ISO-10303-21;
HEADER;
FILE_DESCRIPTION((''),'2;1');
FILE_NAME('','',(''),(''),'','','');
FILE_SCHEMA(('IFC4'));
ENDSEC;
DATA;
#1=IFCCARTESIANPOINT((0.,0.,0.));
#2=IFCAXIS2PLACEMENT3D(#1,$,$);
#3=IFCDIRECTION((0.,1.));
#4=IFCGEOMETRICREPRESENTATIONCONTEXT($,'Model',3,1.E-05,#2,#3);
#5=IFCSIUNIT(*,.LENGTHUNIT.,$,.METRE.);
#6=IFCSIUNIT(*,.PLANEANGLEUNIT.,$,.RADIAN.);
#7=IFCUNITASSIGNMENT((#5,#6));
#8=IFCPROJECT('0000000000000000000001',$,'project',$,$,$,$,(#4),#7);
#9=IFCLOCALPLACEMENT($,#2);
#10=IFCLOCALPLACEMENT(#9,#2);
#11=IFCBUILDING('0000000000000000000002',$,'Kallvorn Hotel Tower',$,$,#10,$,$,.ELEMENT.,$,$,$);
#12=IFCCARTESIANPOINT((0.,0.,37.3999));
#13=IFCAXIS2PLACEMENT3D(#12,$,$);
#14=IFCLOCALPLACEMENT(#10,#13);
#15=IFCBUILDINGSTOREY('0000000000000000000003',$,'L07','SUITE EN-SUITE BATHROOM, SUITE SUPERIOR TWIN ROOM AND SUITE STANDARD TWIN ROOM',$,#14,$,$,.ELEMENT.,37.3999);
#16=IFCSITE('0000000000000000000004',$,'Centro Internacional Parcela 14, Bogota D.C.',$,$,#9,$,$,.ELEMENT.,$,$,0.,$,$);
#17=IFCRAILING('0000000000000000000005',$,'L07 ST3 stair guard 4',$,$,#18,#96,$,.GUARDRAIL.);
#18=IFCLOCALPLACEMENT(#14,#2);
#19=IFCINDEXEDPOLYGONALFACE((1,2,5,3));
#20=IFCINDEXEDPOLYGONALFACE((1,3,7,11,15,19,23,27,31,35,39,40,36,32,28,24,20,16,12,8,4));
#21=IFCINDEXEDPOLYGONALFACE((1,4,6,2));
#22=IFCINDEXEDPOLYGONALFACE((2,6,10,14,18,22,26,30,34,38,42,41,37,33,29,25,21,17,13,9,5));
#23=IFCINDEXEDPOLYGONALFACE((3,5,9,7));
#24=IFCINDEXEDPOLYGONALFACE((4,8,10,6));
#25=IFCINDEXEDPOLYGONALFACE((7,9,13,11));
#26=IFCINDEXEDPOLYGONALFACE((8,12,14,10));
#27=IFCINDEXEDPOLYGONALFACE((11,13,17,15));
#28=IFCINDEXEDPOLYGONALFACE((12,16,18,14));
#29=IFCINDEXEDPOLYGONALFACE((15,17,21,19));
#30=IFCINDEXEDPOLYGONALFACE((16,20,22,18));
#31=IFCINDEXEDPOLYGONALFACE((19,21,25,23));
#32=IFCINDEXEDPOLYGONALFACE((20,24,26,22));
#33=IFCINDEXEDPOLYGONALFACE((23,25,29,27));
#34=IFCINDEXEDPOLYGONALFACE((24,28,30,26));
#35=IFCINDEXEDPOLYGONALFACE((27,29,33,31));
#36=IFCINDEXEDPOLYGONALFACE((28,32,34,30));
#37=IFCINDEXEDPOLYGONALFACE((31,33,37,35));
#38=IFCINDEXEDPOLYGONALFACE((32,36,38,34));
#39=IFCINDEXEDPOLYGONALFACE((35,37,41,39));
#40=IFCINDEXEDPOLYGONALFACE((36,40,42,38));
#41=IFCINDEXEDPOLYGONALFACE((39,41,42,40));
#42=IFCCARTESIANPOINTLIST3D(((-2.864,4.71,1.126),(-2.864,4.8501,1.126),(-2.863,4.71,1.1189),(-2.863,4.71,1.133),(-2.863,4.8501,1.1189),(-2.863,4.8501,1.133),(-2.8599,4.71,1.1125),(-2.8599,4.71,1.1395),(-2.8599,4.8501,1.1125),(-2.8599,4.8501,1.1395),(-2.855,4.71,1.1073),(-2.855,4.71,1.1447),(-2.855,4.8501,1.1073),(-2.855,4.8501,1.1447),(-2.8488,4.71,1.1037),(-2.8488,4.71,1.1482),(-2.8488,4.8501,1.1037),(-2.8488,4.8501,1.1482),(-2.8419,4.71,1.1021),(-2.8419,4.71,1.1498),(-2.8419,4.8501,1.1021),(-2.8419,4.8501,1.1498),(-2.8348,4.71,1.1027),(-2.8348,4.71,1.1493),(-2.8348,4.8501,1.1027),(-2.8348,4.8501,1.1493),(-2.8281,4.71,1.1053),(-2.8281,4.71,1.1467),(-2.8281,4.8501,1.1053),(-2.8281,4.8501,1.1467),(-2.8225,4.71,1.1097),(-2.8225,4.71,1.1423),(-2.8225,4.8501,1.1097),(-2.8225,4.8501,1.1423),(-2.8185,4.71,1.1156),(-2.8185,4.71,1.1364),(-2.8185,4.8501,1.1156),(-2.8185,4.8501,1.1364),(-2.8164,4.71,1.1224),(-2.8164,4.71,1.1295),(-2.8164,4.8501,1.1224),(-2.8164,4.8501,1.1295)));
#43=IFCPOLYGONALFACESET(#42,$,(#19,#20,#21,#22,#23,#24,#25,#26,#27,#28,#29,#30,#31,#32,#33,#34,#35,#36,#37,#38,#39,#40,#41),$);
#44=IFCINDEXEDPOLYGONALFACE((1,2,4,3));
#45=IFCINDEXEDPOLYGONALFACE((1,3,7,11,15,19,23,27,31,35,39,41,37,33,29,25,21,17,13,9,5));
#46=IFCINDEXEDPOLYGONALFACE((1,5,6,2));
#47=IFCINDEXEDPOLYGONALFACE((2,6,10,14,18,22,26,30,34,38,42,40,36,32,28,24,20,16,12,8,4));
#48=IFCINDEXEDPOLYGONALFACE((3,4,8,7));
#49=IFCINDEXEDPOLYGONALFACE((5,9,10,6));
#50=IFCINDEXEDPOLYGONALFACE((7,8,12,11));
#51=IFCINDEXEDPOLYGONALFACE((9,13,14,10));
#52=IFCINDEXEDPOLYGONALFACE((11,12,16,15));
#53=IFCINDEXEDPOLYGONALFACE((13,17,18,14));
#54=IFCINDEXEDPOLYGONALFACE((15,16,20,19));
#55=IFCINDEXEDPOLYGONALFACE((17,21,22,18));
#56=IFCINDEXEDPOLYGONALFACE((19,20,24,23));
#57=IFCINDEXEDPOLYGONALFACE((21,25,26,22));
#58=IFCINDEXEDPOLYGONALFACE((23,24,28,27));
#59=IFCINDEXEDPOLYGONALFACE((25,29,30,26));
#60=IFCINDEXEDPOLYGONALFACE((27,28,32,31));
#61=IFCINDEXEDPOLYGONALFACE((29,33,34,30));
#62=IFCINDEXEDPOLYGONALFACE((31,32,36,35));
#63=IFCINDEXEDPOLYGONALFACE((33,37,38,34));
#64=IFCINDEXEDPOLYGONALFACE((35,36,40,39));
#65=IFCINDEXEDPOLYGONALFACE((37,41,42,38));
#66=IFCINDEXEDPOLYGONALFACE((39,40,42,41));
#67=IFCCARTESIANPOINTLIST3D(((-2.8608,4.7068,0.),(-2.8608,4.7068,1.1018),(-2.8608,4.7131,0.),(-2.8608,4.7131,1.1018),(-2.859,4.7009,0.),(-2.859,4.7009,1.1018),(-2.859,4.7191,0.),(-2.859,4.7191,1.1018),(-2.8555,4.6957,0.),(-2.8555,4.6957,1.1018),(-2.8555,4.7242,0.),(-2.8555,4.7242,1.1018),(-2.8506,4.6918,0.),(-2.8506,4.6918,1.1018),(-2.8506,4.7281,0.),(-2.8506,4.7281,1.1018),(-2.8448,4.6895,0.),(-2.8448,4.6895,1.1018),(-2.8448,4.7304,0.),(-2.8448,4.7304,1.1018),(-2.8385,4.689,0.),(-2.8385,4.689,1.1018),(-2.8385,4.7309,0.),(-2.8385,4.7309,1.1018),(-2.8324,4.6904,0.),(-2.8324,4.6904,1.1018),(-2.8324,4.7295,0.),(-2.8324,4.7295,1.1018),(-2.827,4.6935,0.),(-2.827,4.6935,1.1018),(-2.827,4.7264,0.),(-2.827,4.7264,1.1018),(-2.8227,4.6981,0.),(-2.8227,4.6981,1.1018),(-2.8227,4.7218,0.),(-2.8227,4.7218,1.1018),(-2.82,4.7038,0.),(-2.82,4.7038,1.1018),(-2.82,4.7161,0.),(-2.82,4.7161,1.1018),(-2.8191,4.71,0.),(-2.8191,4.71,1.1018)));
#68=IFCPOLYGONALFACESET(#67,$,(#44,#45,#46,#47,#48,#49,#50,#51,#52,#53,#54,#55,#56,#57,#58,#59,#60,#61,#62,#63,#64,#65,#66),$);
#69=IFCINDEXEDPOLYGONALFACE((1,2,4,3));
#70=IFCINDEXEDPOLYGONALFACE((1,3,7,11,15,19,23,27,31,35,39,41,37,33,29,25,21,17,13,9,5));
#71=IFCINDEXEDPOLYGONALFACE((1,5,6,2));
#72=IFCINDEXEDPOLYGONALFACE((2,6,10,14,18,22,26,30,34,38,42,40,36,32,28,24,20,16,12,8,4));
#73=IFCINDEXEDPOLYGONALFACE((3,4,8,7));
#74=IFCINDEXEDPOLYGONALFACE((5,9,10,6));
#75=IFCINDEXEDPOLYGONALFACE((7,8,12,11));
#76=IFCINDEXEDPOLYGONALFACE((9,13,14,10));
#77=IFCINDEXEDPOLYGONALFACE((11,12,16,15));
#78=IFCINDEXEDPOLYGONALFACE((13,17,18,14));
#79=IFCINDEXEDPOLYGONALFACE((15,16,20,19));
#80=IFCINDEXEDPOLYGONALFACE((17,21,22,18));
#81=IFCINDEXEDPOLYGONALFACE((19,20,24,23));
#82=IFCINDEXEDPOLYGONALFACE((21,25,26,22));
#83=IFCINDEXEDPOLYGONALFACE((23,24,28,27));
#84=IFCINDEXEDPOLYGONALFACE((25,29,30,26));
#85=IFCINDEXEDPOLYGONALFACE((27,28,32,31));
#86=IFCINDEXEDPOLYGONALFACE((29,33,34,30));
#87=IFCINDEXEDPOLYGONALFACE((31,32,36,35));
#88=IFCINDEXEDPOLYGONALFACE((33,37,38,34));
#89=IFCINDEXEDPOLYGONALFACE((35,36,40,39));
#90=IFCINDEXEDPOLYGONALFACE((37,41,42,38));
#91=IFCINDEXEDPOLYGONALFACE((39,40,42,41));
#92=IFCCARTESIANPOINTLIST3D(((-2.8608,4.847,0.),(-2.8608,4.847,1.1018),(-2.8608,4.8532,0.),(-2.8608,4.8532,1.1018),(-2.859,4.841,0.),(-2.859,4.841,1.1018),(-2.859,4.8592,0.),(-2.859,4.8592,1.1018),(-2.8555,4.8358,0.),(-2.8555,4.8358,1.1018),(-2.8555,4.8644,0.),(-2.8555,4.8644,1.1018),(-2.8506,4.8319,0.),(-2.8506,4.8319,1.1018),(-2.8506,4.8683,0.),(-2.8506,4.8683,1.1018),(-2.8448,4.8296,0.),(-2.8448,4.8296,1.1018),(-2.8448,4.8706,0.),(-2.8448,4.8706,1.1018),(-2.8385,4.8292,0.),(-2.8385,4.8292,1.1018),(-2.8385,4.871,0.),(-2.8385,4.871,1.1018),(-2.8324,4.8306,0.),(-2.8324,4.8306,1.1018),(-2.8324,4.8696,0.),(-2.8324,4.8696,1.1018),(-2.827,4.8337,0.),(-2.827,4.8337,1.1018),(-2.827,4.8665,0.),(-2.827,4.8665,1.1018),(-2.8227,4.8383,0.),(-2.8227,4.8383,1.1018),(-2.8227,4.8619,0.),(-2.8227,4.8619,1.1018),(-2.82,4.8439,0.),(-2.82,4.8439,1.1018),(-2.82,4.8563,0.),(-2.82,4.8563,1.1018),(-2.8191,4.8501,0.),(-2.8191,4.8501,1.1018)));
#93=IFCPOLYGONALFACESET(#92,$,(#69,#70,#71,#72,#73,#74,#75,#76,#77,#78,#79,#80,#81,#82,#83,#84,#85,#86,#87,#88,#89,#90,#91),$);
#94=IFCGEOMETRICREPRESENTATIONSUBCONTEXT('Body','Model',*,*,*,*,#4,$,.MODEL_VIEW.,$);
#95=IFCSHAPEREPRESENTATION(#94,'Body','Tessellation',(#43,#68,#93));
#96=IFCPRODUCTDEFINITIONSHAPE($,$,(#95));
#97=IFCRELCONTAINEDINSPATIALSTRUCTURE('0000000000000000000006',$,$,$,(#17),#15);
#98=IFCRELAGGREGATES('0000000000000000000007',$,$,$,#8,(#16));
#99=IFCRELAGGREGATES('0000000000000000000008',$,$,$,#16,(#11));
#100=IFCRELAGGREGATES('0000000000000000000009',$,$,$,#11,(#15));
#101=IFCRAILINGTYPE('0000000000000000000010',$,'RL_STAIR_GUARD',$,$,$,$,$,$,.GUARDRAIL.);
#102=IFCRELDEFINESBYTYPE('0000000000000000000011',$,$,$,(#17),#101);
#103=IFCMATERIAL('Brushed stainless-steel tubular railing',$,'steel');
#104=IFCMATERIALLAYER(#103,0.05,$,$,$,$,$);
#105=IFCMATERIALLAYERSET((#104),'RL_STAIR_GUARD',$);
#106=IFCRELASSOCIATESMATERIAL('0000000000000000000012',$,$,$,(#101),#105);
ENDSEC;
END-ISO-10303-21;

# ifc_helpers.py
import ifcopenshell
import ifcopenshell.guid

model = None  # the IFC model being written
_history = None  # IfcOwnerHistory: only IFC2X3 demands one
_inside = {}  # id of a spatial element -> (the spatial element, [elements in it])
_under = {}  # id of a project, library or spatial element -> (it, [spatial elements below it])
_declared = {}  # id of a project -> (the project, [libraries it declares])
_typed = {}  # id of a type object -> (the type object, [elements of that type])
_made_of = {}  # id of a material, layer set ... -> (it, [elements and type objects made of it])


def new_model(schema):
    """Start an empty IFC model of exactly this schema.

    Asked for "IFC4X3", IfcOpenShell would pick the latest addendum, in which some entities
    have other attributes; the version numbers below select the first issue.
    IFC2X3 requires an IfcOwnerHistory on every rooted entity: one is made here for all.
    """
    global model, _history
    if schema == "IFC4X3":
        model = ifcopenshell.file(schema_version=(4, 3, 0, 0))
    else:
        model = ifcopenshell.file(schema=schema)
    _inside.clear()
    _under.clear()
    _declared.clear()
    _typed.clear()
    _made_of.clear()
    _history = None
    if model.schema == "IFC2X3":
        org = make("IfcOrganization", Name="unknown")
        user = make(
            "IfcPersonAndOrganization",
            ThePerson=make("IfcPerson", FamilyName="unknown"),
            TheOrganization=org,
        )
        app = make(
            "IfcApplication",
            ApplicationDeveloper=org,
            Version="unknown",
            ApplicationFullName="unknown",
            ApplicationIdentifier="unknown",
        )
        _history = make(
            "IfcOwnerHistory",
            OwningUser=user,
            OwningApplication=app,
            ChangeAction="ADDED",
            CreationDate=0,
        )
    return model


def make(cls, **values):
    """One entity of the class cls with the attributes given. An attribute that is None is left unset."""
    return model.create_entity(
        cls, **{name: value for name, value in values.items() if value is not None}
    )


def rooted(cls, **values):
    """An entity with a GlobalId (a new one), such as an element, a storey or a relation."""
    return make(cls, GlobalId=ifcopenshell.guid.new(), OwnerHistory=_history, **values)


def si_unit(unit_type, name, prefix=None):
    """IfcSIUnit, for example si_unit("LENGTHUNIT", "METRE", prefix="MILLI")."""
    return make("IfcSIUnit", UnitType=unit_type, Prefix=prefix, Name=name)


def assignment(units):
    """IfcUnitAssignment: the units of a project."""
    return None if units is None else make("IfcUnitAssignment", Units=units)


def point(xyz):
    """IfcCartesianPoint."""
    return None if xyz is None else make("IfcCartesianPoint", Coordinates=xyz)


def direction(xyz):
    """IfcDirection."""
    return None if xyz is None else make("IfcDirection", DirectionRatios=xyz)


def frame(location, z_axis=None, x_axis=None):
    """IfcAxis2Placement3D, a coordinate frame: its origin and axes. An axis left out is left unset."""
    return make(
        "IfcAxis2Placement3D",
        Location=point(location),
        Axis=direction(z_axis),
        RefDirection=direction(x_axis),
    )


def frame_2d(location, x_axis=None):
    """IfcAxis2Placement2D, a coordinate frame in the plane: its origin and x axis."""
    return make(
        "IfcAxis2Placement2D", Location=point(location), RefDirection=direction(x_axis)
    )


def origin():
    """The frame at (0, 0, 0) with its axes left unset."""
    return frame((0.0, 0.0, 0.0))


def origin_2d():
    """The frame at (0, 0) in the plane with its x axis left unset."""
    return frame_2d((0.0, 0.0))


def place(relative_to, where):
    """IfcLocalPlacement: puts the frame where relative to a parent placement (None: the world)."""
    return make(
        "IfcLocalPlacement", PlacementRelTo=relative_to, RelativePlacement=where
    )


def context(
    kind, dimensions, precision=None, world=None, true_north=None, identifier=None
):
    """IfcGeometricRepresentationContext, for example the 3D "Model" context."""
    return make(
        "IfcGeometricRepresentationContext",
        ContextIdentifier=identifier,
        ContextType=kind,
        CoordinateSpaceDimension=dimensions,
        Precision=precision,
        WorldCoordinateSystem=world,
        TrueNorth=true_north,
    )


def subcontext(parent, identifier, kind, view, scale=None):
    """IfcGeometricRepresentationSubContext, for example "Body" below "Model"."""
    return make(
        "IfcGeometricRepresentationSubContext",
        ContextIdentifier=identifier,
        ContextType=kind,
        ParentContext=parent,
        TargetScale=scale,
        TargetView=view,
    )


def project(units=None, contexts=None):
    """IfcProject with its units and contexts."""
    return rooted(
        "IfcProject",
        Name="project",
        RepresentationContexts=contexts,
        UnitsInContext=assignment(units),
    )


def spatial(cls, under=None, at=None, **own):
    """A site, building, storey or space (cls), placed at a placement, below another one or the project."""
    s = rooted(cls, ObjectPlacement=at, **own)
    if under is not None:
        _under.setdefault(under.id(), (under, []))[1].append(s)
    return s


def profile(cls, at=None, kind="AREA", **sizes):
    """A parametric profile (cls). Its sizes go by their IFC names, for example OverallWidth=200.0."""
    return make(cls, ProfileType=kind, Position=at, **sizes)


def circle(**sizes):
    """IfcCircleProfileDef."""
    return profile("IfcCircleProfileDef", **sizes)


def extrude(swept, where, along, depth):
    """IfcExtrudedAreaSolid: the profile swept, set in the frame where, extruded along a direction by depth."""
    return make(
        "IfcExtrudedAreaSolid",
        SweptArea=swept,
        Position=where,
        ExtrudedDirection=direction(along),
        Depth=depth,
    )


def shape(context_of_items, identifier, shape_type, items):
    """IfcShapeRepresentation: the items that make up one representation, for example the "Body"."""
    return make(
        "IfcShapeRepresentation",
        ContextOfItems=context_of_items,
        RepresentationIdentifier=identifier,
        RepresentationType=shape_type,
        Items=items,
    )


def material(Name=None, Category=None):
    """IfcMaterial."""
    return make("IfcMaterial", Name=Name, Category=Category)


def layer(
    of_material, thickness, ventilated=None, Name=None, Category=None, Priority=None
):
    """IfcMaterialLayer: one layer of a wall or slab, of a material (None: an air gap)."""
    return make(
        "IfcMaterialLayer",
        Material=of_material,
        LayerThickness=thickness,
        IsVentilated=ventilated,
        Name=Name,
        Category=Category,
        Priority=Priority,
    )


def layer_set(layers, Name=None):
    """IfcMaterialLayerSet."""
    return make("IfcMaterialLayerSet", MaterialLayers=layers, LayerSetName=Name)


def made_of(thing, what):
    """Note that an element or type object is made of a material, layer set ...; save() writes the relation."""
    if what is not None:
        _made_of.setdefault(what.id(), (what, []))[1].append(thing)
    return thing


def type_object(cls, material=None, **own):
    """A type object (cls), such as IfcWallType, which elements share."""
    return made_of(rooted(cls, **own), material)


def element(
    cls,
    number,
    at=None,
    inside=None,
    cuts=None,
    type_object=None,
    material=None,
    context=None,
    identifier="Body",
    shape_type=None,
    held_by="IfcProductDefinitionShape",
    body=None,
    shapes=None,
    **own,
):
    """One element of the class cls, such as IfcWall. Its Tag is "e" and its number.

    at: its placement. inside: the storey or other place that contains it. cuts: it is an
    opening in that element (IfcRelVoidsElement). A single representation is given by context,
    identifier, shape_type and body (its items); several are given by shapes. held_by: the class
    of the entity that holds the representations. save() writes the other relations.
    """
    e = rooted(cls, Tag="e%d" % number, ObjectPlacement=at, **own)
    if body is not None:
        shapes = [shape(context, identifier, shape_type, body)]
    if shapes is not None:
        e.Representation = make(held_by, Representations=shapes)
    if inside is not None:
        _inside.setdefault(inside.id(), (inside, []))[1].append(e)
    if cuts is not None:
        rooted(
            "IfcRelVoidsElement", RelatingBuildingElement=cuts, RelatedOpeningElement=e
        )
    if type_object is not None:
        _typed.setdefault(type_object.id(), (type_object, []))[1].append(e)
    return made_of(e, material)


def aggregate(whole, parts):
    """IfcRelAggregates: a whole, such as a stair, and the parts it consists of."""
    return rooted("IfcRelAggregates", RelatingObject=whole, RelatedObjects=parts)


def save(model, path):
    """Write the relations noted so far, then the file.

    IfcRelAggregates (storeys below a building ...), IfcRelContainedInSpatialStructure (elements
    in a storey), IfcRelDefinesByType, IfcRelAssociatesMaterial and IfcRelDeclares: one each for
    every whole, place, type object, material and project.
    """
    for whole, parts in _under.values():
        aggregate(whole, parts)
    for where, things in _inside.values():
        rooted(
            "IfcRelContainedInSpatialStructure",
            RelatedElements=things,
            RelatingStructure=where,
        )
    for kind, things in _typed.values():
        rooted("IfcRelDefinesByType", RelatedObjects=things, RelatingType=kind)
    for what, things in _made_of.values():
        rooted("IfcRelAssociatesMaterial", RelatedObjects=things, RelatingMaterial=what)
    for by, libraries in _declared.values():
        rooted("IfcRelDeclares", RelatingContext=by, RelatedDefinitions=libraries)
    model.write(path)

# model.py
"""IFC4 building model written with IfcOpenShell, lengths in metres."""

from ifc_helpers import new_model, si_unit, direction, frame, origin, origin_2d, place, context, subcontext, project, spatial, circle, extrude, material, layer, layer_set, type_object, element, save


model = new_model("IFC4")

# Units and contexts
model_context = context("Model", 3, precision=1e-05, world=origin(), true_north=direction((0.0, 1.0)))
body_context = subcontext(model_context, "Body", "Model", "MODEL_VIEW")
ifc_project = project(units=[si_unit("LENGTHUNIT", "METRE"), si_unit("PLANEANGLEUNIT", "RADIAN")], contexts=[model_context])

# Site, building, storey
site_placement = place(None, origin())
site = spatial("IfcSite", under=ifc_project, at=site_placement, Name="Centro Internacional Parcela 14, Bogota D.C.", CompositionType="ELEMENT", RefElevation=0.0)
building_placement = place(site_placement, origin())
building = spatial("IfcBuilding", under=site, at=building_placement, Name="Kallvorn Hotel Tower", CompositionType="ELEMENT")
storey_placement = place(building_placement, frame((0.0, 0.0, 37.3999)))
storey = spatial("IfcBuildingStorey", under=building, at=storey_placement, Name="L07", Description="SUITE EN-SUITE BATHROOM, SUITE SUPERIOR TWIN ROOM AND SUITE STANDARD TWIN ROOM", CompositionType="ELEMENT", Elevation=37.3999)

# Railing
ifc_material_1 = material(Name="Brushed stainless-steel tubular railing", Category="steel")
ifc_layer_1 = layer(ifc_material_1, 0.05)
ifc_layer_set_1 = layer_set([ifc_layer_1], Name="RL_STAIR_GUARD")
railing_type_1 = type_object("IfcRailingType", Name="RL_STAIR_GUARD", PredefinedType="GUARDRAIL", material=ifc_layer_set_1)
railing_1_placement = place(storey_placement, frame((-2.8401, 4.71, 0.0)))
element("IfcRailing", 1, at=railing_1_placement, inside=storey, type_object=railing_type_1, Name="L07 ST3 stair guard 4", PredefinedType="GUARDRAIL", context=body_context, shape_type="SweptSolid", body=[
    extrude(circle(Radius=0.0239, at=origin_2d()), frame((0.0, 0.0, 1.126), z_axis=(0.0, 1.0, 0.0), x_axis=(-1.0, 0.0, 0.0)), (0.0, 0.0, 1.0), 0.1401),
    extrude(circle(Radius=0.021, at=origin_2d()), origin(), (0.0, 0.0, 1.0), 1.1018),
    extrude(circle(Radius=0.021, at=origin_2d()), frame((0.0, 0.1401, 0.0)), (0.0, 0.0, 1.0), 1.1018),
])

save(model, "model.ifc")
